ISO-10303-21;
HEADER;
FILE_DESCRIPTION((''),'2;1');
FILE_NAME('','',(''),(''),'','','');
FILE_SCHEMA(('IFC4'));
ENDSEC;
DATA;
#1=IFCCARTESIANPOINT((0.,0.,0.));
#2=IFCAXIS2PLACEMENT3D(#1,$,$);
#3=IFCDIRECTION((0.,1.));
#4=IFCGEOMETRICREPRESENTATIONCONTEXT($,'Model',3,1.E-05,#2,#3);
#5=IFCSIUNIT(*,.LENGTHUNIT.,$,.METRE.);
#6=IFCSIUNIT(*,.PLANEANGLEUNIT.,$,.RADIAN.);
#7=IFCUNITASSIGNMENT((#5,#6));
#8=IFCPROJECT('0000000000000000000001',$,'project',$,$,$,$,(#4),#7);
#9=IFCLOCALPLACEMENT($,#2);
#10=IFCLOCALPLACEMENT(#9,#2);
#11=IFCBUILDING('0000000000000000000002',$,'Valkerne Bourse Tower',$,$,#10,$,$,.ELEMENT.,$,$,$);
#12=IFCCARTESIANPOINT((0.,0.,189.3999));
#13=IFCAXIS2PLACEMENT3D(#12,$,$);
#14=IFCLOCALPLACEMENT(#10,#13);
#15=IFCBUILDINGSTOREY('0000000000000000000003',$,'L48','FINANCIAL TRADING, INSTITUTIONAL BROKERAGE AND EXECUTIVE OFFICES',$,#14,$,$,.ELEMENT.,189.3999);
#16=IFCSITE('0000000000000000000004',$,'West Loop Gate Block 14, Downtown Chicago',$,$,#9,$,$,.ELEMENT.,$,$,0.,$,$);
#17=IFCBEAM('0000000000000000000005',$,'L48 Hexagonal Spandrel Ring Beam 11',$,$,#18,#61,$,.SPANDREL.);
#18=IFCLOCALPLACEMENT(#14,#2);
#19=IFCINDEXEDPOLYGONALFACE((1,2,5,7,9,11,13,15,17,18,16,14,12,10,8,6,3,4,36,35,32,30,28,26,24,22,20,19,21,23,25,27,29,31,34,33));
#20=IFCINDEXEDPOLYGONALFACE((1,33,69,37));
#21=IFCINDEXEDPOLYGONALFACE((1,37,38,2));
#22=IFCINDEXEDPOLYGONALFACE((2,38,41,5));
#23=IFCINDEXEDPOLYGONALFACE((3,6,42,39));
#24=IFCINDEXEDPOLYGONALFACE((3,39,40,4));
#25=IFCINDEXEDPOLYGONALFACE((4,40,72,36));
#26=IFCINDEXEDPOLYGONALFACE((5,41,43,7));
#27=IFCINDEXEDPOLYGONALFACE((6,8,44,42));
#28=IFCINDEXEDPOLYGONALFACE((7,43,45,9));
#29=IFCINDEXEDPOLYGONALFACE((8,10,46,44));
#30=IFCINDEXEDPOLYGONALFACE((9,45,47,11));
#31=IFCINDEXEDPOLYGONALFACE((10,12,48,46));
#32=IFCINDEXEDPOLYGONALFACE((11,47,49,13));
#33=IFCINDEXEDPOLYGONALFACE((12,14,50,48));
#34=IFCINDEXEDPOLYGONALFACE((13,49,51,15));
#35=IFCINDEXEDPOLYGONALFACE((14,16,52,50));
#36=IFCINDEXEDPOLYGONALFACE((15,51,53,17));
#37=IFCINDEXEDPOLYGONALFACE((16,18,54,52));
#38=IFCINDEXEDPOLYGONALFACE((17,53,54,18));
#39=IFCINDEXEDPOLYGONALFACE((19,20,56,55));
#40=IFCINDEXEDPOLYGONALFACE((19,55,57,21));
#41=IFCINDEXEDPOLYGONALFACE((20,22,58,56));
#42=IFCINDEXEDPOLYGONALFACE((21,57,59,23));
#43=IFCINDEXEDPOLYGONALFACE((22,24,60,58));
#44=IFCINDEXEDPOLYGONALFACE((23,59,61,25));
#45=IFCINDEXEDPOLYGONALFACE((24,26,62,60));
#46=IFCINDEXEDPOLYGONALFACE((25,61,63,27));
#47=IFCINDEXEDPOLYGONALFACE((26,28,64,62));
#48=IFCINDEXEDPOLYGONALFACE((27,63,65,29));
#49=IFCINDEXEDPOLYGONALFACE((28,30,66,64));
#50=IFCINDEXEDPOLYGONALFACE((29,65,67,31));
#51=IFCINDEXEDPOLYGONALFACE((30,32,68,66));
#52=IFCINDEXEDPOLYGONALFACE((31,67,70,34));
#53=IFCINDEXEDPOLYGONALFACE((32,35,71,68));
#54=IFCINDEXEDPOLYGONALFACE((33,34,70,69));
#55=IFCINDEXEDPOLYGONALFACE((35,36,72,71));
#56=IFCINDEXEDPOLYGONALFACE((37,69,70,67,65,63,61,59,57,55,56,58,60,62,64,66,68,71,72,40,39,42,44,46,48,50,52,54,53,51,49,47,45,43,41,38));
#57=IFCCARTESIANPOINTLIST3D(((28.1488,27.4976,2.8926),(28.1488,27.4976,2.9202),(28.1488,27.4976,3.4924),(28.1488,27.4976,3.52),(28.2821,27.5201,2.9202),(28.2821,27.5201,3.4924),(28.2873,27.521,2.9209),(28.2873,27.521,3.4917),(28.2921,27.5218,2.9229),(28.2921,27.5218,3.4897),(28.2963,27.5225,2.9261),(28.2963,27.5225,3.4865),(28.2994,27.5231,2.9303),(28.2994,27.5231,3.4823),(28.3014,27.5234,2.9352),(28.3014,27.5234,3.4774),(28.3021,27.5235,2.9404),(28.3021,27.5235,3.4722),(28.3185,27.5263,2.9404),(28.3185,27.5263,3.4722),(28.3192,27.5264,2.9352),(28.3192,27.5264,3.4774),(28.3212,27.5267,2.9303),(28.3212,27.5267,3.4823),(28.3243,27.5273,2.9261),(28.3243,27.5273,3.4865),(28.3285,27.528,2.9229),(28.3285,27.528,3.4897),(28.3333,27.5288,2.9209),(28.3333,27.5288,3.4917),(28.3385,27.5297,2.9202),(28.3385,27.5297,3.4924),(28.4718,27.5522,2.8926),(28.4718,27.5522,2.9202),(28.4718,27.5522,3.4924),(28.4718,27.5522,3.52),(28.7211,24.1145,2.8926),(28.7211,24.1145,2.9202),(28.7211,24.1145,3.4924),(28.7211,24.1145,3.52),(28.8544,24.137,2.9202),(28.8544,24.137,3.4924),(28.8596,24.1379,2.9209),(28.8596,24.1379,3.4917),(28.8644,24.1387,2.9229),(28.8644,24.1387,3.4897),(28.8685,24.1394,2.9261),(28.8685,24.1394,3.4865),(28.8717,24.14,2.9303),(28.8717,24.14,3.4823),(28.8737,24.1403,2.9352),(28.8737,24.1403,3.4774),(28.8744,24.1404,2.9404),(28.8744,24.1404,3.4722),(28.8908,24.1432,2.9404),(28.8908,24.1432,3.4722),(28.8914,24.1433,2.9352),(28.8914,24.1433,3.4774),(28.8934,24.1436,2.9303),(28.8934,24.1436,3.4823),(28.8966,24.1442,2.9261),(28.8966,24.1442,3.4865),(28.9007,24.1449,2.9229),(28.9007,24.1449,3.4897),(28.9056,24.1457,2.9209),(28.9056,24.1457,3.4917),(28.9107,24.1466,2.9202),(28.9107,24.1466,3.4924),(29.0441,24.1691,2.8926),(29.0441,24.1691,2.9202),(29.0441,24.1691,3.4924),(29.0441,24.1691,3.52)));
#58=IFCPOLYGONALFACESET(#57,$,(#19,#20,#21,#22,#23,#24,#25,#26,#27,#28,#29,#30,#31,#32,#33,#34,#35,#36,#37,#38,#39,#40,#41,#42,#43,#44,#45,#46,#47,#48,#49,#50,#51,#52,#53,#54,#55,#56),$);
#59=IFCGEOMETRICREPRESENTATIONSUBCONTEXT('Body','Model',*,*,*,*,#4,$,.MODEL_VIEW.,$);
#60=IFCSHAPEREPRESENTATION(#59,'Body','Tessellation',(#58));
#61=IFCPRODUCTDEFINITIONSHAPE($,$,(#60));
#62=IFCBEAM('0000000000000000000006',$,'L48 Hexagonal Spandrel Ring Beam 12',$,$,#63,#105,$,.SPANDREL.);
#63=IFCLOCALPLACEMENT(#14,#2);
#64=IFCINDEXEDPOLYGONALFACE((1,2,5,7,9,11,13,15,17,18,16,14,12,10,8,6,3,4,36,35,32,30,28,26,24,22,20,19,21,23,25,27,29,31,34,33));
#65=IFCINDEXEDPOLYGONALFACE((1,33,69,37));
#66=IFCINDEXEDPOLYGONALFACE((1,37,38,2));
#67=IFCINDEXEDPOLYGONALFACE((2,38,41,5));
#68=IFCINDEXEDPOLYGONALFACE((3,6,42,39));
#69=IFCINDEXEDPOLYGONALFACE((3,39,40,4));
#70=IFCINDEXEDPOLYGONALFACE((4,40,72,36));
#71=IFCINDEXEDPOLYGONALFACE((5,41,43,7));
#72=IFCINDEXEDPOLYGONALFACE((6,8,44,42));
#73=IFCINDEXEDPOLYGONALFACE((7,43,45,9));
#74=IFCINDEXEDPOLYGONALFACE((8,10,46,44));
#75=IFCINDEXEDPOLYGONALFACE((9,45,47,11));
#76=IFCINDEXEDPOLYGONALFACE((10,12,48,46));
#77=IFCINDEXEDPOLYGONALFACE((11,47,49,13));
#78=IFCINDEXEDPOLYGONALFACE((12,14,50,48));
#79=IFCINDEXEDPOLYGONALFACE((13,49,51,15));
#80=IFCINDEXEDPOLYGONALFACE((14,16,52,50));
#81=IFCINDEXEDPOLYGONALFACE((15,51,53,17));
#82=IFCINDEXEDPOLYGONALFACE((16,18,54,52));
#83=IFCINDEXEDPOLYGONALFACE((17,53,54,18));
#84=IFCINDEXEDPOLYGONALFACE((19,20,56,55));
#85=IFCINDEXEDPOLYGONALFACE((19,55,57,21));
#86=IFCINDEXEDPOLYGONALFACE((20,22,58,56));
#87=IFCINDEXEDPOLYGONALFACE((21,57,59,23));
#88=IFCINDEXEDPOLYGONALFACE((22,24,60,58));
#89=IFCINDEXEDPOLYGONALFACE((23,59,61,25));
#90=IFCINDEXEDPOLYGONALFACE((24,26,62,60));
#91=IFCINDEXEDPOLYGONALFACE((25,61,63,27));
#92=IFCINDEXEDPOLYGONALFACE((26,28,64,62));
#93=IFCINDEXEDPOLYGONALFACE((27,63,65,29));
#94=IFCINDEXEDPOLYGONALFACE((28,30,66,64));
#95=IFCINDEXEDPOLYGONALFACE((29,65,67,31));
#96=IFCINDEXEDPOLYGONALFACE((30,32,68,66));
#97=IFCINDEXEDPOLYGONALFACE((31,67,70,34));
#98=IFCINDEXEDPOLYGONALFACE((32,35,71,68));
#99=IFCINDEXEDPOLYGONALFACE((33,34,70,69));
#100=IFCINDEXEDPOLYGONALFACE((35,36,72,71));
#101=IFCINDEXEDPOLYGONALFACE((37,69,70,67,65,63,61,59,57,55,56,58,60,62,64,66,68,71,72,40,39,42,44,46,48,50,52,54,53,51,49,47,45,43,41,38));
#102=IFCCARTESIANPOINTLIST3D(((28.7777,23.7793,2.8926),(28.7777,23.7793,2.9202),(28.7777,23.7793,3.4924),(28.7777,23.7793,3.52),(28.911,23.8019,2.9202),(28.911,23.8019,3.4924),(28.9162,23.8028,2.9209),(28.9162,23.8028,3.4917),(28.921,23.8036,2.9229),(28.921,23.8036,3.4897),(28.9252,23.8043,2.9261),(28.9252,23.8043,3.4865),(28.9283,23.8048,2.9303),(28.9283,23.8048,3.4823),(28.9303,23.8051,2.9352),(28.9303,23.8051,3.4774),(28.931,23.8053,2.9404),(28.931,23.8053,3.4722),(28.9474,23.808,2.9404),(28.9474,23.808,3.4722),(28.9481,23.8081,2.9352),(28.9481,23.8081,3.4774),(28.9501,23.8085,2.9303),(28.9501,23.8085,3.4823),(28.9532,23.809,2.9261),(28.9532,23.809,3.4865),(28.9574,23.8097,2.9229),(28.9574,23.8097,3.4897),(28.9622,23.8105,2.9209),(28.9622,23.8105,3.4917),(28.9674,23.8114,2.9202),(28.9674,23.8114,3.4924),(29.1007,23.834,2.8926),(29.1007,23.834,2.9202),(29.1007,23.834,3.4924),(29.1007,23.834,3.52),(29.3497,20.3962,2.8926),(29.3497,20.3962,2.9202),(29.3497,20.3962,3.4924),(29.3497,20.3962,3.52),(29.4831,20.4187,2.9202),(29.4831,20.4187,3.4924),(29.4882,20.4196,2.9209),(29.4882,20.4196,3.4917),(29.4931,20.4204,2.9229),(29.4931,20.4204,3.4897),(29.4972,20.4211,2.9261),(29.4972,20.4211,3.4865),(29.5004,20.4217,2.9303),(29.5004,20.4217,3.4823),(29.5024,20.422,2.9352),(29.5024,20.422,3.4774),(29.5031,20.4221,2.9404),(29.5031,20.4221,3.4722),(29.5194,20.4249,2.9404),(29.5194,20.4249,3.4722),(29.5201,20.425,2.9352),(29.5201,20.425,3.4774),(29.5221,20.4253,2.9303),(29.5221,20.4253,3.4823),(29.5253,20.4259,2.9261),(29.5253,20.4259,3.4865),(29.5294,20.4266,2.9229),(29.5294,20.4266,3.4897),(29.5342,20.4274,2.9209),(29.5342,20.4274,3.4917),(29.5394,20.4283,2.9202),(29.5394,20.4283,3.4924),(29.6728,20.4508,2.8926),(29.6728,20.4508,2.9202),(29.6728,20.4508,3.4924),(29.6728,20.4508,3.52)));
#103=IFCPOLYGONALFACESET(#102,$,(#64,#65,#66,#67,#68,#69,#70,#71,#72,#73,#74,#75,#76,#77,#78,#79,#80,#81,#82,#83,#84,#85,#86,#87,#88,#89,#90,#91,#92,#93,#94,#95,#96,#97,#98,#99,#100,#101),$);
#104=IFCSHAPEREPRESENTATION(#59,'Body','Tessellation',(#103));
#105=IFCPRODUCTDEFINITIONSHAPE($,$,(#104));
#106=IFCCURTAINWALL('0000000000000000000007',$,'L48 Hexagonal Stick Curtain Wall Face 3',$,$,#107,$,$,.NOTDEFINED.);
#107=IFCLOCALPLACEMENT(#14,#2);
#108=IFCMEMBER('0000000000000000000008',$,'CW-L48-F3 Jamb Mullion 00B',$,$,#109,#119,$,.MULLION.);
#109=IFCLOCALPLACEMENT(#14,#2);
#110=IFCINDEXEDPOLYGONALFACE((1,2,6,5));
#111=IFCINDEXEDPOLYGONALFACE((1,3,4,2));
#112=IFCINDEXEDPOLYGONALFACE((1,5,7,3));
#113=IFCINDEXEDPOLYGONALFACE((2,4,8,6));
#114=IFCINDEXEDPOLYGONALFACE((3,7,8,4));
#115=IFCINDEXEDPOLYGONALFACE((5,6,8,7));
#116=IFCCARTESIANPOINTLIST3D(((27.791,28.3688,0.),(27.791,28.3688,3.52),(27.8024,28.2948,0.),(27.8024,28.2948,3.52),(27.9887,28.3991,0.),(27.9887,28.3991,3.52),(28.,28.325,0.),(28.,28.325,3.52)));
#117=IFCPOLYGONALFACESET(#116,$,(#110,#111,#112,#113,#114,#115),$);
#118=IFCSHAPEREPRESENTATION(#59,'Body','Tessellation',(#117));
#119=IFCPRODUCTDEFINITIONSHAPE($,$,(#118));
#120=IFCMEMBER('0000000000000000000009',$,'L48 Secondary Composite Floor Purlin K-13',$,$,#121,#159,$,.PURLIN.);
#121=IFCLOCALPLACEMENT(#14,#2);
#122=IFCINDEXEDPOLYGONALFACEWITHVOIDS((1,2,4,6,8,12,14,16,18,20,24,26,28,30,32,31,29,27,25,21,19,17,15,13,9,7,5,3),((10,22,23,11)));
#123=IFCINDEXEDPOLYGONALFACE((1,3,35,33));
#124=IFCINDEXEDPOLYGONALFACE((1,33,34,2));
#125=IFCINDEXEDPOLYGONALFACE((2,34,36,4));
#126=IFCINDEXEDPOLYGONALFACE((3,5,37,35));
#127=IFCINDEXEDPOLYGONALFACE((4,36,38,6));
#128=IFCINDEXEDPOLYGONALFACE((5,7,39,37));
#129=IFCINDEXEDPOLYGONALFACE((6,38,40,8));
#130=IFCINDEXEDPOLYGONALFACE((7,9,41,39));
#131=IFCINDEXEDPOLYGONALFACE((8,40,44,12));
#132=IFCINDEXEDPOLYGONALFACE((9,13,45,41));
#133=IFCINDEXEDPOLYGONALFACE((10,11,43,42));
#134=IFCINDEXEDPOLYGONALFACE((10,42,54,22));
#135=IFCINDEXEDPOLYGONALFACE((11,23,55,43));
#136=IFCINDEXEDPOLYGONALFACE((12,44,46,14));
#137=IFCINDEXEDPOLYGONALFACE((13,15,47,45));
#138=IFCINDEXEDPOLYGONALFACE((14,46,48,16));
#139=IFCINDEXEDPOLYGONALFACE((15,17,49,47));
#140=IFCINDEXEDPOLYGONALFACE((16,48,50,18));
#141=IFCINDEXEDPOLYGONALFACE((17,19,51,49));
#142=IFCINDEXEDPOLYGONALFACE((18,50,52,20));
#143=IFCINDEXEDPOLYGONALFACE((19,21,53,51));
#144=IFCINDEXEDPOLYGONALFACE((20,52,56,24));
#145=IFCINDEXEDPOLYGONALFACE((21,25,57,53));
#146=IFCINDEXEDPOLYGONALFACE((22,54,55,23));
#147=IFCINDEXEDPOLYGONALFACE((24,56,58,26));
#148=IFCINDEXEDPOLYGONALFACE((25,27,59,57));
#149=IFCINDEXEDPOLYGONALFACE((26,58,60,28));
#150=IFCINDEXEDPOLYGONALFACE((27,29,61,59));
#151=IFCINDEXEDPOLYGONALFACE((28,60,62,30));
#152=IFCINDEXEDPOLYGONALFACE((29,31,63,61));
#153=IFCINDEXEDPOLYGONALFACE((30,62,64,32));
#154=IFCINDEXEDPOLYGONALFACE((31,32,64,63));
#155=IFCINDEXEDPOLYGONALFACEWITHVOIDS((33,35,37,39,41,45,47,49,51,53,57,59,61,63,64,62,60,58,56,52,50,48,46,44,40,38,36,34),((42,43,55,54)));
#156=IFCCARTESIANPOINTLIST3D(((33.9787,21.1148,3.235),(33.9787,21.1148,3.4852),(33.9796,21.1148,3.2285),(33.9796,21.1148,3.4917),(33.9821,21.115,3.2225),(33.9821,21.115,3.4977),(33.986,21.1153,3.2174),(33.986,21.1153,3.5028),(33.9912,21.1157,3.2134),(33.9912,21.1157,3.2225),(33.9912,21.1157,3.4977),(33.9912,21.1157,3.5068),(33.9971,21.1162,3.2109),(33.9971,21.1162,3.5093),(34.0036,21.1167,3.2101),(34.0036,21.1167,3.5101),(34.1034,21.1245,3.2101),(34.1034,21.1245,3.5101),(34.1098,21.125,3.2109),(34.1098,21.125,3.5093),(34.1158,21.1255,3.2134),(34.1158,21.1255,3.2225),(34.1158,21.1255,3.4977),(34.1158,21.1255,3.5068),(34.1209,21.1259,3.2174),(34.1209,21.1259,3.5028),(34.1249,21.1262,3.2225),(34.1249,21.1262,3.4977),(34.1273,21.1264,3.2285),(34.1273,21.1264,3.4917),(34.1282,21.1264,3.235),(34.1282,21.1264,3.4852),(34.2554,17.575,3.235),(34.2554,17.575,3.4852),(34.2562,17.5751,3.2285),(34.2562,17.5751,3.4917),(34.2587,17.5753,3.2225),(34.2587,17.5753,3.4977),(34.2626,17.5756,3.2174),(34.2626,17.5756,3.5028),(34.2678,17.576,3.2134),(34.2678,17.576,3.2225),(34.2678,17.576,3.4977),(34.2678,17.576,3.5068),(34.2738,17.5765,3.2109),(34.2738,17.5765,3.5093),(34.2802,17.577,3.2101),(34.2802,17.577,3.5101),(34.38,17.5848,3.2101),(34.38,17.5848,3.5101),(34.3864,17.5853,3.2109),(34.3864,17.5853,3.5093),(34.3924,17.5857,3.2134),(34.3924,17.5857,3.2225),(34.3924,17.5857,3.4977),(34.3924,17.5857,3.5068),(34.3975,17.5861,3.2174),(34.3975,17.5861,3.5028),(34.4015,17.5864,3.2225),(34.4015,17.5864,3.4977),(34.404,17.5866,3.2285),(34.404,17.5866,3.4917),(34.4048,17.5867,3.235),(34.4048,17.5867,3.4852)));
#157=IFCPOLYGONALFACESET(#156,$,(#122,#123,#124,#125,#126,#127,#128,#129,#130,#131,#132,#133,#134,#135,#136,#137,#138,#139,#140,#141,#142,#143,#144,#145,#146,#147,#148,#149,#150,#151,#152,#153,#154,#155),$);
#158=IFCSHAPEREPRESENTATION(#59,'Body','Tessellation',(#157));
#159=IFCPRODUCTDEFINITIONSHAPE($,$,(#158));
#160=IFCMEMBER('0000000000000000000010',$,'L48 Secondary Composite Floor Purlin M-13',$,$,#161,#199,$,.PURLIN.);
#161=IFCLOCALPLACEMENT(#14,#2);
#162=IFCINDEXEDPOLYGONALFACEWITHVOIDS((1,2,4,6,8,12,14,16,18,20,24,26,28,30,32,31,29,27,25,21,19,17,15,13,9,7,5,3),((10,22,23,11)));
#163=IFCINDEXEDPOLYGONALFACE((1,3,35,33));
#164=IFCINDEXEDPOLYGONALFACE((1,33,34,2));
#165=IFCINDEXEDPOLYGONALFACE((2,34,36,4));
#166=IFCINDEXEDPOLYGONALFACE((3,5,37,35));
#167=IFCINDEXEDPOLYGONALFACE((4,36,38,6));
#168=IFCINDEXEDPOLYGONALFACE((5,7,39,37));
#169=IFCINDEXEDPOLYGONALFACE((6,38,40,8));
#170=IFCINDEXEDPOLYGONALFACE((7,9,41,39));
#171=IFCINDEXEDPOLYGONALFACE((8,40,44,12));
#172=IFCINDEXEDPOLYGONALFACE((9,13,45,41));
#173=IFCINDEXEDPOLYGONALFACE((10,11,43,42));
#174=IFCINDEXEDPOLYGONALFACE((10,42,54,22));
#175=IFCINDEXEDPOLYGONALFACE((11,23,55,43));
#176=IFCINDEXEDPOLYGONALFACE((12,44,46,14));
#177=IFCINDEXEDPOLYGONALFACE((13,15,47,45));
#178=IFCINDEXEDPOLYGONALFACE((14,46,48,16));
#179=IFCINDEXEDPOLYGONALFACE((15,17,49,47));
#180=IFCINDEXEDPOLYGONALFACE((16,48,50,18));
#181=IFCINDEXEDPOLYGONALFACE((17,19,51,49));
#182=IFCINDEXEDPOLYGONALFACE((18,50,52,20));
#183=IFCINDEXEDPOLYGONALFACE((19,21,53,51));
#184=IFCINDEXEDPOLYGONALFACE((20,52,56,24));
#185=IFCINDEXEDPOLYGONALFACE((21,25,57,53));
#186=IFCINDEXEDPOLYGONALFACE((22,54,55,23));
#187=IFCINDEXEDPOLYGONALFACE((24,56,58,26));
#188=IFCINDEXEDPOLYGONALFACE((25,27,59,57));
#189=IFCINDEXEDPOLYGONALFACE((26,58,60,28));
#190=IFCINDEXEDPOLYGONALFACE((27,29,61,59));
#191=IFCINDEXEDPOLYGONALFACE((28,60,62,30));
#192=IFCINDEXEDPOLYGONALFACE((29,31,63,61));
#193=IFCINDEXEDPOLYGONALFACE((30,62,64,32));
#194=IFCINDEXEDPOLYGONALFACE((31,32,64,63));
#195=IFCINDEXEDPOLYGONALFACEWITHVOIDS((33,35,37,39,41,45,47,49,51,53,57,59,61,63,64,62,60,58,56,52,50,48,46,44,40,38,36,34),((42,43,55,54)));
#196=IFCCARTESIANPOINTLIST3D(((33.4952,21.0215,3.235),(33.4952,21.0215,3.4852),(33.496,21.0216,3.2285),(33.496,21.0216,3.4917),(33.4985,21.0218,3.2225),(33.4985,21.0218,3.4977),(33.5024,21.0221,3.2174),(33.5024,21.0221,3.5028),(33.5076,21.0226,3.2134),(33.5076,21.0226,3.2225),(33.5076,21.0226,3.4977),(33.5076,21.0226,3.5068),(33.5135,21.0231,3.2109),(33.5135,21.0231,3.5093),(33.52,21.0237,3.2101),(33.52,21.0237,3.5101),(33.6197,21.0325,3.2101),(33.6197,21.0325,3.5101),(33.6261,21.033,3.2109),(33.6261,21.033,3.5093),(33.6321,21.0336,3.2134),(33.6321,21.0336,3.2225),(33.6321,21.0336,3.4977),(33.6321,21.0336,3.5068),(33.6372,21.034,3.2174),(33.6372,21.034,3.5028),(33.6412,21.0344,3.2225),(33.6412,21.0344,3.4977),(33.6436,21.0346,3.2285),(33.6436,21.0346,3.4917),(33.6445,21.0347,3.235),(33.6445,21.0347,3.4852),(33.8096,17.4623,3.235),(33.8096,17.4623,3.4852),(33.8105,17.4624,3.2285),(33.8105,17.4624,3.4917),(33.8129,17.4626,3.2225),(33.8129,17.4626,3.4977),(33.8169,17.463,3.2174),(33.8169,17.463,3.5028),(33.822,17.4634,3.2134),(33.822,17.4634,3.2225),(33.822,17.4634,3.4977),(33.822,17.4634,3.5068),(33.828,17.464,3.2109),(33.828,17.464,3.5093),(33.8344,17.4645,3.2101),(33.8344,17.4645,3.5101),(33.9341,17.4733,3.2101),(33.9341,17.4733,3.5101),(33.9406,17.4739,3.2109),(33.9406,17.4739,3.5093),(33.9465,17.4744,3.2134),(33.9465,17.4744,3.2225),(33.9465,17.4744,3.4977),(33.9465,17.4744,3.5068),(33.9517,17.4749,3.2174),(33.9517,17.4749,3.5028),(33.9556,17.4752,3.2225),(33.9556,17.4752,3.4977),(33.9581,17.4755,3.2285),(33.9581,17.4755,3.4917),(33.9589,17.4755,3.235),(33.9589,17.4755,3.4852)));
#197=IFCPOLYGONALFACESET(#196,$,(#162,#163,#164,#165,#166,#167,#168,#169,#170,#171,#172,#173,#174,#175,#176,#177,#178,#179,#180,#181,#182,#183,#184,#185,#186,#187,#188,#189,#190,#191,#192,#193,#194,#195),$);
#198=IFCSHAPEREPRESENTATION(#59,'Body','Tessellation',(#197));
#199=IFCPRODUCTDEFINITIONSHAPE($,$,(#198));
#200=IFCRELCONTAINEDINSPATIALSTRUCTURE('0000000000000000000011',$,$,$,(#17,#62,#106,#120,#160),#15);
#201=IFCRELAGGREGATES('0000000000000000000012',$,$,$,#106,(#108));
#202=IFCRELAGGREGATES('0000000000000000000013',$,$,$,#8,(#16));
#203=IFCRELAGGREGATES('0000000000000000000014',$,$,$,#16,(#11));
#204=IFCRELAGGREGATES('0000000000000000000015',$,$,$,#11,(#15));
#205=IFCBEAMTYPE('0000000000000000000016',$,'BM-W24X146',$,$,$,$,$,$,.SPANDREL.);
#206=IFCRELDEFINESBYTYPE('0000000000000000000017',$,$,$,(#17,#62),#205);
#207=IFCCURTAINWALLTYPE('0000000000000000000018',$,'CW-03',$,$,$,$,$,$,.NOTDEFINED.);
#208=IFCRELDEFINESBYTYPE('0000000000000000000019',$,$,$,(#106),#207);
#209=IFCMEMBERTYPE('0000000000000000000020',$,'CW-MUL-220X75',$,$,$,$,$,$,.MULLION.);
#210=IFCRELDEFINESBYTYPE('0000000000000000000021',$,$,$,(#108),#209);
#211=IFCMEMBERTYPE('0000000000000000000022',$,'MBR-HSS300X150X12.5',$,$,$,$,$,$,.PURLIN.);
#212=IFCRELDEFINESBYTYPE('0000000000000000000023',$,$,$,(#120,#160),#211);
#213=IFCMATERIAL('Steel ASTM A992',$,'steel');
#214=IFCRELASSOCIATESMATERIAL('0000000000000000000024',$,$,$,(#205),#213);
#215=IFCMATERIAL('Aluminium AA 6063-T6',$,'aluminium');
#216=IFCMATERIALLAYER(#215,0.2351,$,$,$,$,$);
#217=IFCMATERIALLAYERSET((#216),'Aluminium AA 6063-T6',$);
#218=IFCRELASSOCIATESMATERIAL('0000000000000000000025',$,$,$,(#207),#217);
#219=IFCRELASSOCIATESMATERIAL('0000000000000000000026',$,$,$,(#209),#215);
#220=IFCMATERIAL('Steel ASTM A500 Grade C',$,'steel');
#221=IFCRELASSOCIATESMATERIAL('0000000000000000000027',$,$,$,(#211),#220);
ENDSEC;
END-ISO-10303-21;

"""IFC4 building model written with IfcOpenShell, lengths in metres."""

from ifc_helpers import new_model, si_unit, direction, frame, origin, origin_2d, place, context, subcontext, project, spatial, rectangle, hollow_rectangle, i_section, extrude, material, layer, layer_set, material_profile, profile_set, type_object, element, aggregate, save


model = new_model("IFC4")

# Units and contexts
model_context = context("Model", 3, precision=1e-05, world=origin(), true_north=direction((0.0, 1.0)))
body_context = subcontext(model_context, "Body", "Model", "MODEL_VIEW")
ifc_project = project(units=[si_unit("LENGTHUNIT", "METRE"), si_unit("PLANEANGLEUNIT", "RADIAN")], contexts=[model_context])

# Site, building, storey
site_placement = place(None, origin())
site = spatial("IfcSite", under=ifc_project, at=site_placement, Name="West Loop Gate Block 14, Downtown Chicago", CompositionType="ELEMENT", RefElevation=0.0)
building_placement = place(site_placement, origin())
building = spatial("IfcBuilding", under=site, at=building_placement, Name="Valkerne Bourse Tower", CompositionType="ELEMENT")
storey_placement = place(building_placement, frame((0.0, 0.0, 189.3999)))
storey = spatial("IfcBuildingStorey", under=building, at=storey_placement, Name="L48", Description="FINANCIAL TRADING, INSTITUTIONAL BROKERAGE AND EXECUTIVE OFFICES", CompositionType="ELEMENT", Elevation=189.3999)

# Beams
ifc_material_1 = material(Name="Steel ASTM A992", Category="steel")
ifc_material_profile_1 = material_profile(ifc_material_1, i_section(OverallWidth=0.3276, OverallDepth=0.6274, WebThickness=0.0166, FlangeThickness=0.0276, FilletRadius=0.0203, at=origin_2d()), Name="W24X146")
ifc_profile_set_1 = profile_set([ifc_material_profile_1], Name="Steel ASTM A992")
beam_type_1 = type_object("IfcBeamType", Name="BM-W24X146", PredefinedType="SPANDREL", material=ifc_profile_set_1)
for number, where, z_axis, x_axis, name in (
    (1, (28.3103, 27.5249, 3.2063), (0.166787, -0.985993, 0.0), (0.985993, 0.166787, 0.0), "L48 Hexagonal Spandrel Ring Beam 11"),
    (2, (28.9392, 23.8066, 3.2063), (0.166718, -0.986005, 0.0), (0.986005, 0.166718, 0.0), "L48 Hexagonal Spandrel Ring Beam 12"),
):
    element("IfcBeam", number, at=place(storey_placement, frame(where, z_axis=z_axis, x_axis=x_axis)), inside=storey, type_object=beam_type_1, Name=name, PredefinedType="SPANDREL", context=body_context, shape_type="SweptSolid", body=[
        extrude(i_section(OverallWidth=0.3276, OverallDepth=0.6274, WebThickness=0.0166, FlangeThickness=0.0276, FilletRadius=0.0203, at=origin_2d()), origin(), (0.0, 0.0, 1.0), 3.4312),
    ])

# Curtain wall, member
ifc_material_2 = material(Name="Aluminium AA 6063-T6", Category="aluminium")
ifc_layer_1 = layer(ifc_material_2, 0.2351)
ifc_layer_set_1 = layer_set([ifc_layer_1], Name="Aluminium AA 6063-T6")
curtain_wall_type = type_object("IfcCurtainWallType", Name="CW-03", PredefinedType="NOTDEFINED", material=ifc_layer_set_1)
curtain_wall_placement = place(storey_placement, origin())
curtain_wall = element("IfcCurtainWall", 3, at=curtain_wall_placement, inside=storey, type_object=curtain_wall_type, Name="L48 Hexagonal Stick Curtain Wall Face 3", PredefinedType="NOTDEFINED")
ifc_material_profile_2 = material_profile(ifc_material_2, rectangle(XDim=0.075, YDim=0.2, at=origin_2d()), Name="CWM-75X200")
ifc_profile_set_2 = profile_set([ifc_material_profile_2], Name="Aluminium AA 6063-T6")
member_type_1 = type_object("IfcMemberType", Name="CW-MUL-220X75", PredefinedType="MULLION", material=ifc_profile_set_2)
member_1_placement = place(storey_placement, frame((27.8955, 28.3469, 0.0), z_axis=(0.0, 0.0, 1.0), x_axis=(0.15126, -0.988494, 0.0)))
member_1 = element("IfcMember", 4, at=member_1_placement, type_object=member_type_1, Name="CW-L48-F3 Jamb Mullion 00B", PredefinedType="MULLION", context=body_context, shape_type="SweptSolid", body=[
    extrude(rectangle(XDim=0.075, YDim=0.2, at=origin_2d()), origin(), (0.0, 0.0, 1.0), 3.52),
])

# Members
ifc_material_3 = material(Name="Steel ASTM A500 Grade C", Category="steel")
ifc_material_profile_3 = material_profile(ifc_material_3, hollow_rectangle(XDim=0.1499, YDim=0.3, WallThickness=0.0125, OuterFilletRadius=0.0249, at=origin_2d()), Name="HSS300X150X12.5")
ifc_profile_set_3 = profile_set([ifc_material_profile_3], Name="Steel ASTM A500 Grade C")
member_type_2 = type_object("IfcMemberType", Name="MBR-HSS300X150X12.5", PredefinedType="PURLIN", material=ifc_profile_set_3)
member_2_placement = place(storey_placement, frame((34.0535, 21.1206, 3.3601), z_axis=(0.077906, -0.996961, 0.0), x_axis=(0.996961, 0.077906, 0.0)))
element("IfcMember", 5, at=member_2_placement, inside=storey, type_object=member_type_2, Name="L48 Secondary Composite Floor Purlin K-13", PredefinedType="PURLIN", context=body_context, shape_type="SweptSolid", body=[
    extrude(hollow_rectangle(XDim=0.1499, YDim=0.3, WallThickness=0.0125, OuterFilletRadius=0.0249, at=origin_2d()), origin(), (0.0, 0.0, 1.0), 3.5505),
])
member_3_placement = place(storey_placement, frame((33.5698, 21.0281, 3.3601), z_axis=(0.088009, -0.99612, 0.0), x_axis=(0.99612, 0.088009, 0.0)))
element("IfcMember", 6, at=member_3_placement, inside=storey, type_object=member_type_2, Name="L48 Secondary Composite Floor Purlin M-13", PredefinedType="PURLIN", context=body_context, shape_type="SweptSolid", body=[
    extrude(hollow_rectangle(XDim=0.1499, YDim=0.3, WallThickness=0.0125, OuterFilletRadius=0.0249, at=origin_2d()), origin(), (0.0, 0.0, 1.0), 3.573),
])

aggregate(curtain_wall, [member_1])

save(model, "model.ifc")
